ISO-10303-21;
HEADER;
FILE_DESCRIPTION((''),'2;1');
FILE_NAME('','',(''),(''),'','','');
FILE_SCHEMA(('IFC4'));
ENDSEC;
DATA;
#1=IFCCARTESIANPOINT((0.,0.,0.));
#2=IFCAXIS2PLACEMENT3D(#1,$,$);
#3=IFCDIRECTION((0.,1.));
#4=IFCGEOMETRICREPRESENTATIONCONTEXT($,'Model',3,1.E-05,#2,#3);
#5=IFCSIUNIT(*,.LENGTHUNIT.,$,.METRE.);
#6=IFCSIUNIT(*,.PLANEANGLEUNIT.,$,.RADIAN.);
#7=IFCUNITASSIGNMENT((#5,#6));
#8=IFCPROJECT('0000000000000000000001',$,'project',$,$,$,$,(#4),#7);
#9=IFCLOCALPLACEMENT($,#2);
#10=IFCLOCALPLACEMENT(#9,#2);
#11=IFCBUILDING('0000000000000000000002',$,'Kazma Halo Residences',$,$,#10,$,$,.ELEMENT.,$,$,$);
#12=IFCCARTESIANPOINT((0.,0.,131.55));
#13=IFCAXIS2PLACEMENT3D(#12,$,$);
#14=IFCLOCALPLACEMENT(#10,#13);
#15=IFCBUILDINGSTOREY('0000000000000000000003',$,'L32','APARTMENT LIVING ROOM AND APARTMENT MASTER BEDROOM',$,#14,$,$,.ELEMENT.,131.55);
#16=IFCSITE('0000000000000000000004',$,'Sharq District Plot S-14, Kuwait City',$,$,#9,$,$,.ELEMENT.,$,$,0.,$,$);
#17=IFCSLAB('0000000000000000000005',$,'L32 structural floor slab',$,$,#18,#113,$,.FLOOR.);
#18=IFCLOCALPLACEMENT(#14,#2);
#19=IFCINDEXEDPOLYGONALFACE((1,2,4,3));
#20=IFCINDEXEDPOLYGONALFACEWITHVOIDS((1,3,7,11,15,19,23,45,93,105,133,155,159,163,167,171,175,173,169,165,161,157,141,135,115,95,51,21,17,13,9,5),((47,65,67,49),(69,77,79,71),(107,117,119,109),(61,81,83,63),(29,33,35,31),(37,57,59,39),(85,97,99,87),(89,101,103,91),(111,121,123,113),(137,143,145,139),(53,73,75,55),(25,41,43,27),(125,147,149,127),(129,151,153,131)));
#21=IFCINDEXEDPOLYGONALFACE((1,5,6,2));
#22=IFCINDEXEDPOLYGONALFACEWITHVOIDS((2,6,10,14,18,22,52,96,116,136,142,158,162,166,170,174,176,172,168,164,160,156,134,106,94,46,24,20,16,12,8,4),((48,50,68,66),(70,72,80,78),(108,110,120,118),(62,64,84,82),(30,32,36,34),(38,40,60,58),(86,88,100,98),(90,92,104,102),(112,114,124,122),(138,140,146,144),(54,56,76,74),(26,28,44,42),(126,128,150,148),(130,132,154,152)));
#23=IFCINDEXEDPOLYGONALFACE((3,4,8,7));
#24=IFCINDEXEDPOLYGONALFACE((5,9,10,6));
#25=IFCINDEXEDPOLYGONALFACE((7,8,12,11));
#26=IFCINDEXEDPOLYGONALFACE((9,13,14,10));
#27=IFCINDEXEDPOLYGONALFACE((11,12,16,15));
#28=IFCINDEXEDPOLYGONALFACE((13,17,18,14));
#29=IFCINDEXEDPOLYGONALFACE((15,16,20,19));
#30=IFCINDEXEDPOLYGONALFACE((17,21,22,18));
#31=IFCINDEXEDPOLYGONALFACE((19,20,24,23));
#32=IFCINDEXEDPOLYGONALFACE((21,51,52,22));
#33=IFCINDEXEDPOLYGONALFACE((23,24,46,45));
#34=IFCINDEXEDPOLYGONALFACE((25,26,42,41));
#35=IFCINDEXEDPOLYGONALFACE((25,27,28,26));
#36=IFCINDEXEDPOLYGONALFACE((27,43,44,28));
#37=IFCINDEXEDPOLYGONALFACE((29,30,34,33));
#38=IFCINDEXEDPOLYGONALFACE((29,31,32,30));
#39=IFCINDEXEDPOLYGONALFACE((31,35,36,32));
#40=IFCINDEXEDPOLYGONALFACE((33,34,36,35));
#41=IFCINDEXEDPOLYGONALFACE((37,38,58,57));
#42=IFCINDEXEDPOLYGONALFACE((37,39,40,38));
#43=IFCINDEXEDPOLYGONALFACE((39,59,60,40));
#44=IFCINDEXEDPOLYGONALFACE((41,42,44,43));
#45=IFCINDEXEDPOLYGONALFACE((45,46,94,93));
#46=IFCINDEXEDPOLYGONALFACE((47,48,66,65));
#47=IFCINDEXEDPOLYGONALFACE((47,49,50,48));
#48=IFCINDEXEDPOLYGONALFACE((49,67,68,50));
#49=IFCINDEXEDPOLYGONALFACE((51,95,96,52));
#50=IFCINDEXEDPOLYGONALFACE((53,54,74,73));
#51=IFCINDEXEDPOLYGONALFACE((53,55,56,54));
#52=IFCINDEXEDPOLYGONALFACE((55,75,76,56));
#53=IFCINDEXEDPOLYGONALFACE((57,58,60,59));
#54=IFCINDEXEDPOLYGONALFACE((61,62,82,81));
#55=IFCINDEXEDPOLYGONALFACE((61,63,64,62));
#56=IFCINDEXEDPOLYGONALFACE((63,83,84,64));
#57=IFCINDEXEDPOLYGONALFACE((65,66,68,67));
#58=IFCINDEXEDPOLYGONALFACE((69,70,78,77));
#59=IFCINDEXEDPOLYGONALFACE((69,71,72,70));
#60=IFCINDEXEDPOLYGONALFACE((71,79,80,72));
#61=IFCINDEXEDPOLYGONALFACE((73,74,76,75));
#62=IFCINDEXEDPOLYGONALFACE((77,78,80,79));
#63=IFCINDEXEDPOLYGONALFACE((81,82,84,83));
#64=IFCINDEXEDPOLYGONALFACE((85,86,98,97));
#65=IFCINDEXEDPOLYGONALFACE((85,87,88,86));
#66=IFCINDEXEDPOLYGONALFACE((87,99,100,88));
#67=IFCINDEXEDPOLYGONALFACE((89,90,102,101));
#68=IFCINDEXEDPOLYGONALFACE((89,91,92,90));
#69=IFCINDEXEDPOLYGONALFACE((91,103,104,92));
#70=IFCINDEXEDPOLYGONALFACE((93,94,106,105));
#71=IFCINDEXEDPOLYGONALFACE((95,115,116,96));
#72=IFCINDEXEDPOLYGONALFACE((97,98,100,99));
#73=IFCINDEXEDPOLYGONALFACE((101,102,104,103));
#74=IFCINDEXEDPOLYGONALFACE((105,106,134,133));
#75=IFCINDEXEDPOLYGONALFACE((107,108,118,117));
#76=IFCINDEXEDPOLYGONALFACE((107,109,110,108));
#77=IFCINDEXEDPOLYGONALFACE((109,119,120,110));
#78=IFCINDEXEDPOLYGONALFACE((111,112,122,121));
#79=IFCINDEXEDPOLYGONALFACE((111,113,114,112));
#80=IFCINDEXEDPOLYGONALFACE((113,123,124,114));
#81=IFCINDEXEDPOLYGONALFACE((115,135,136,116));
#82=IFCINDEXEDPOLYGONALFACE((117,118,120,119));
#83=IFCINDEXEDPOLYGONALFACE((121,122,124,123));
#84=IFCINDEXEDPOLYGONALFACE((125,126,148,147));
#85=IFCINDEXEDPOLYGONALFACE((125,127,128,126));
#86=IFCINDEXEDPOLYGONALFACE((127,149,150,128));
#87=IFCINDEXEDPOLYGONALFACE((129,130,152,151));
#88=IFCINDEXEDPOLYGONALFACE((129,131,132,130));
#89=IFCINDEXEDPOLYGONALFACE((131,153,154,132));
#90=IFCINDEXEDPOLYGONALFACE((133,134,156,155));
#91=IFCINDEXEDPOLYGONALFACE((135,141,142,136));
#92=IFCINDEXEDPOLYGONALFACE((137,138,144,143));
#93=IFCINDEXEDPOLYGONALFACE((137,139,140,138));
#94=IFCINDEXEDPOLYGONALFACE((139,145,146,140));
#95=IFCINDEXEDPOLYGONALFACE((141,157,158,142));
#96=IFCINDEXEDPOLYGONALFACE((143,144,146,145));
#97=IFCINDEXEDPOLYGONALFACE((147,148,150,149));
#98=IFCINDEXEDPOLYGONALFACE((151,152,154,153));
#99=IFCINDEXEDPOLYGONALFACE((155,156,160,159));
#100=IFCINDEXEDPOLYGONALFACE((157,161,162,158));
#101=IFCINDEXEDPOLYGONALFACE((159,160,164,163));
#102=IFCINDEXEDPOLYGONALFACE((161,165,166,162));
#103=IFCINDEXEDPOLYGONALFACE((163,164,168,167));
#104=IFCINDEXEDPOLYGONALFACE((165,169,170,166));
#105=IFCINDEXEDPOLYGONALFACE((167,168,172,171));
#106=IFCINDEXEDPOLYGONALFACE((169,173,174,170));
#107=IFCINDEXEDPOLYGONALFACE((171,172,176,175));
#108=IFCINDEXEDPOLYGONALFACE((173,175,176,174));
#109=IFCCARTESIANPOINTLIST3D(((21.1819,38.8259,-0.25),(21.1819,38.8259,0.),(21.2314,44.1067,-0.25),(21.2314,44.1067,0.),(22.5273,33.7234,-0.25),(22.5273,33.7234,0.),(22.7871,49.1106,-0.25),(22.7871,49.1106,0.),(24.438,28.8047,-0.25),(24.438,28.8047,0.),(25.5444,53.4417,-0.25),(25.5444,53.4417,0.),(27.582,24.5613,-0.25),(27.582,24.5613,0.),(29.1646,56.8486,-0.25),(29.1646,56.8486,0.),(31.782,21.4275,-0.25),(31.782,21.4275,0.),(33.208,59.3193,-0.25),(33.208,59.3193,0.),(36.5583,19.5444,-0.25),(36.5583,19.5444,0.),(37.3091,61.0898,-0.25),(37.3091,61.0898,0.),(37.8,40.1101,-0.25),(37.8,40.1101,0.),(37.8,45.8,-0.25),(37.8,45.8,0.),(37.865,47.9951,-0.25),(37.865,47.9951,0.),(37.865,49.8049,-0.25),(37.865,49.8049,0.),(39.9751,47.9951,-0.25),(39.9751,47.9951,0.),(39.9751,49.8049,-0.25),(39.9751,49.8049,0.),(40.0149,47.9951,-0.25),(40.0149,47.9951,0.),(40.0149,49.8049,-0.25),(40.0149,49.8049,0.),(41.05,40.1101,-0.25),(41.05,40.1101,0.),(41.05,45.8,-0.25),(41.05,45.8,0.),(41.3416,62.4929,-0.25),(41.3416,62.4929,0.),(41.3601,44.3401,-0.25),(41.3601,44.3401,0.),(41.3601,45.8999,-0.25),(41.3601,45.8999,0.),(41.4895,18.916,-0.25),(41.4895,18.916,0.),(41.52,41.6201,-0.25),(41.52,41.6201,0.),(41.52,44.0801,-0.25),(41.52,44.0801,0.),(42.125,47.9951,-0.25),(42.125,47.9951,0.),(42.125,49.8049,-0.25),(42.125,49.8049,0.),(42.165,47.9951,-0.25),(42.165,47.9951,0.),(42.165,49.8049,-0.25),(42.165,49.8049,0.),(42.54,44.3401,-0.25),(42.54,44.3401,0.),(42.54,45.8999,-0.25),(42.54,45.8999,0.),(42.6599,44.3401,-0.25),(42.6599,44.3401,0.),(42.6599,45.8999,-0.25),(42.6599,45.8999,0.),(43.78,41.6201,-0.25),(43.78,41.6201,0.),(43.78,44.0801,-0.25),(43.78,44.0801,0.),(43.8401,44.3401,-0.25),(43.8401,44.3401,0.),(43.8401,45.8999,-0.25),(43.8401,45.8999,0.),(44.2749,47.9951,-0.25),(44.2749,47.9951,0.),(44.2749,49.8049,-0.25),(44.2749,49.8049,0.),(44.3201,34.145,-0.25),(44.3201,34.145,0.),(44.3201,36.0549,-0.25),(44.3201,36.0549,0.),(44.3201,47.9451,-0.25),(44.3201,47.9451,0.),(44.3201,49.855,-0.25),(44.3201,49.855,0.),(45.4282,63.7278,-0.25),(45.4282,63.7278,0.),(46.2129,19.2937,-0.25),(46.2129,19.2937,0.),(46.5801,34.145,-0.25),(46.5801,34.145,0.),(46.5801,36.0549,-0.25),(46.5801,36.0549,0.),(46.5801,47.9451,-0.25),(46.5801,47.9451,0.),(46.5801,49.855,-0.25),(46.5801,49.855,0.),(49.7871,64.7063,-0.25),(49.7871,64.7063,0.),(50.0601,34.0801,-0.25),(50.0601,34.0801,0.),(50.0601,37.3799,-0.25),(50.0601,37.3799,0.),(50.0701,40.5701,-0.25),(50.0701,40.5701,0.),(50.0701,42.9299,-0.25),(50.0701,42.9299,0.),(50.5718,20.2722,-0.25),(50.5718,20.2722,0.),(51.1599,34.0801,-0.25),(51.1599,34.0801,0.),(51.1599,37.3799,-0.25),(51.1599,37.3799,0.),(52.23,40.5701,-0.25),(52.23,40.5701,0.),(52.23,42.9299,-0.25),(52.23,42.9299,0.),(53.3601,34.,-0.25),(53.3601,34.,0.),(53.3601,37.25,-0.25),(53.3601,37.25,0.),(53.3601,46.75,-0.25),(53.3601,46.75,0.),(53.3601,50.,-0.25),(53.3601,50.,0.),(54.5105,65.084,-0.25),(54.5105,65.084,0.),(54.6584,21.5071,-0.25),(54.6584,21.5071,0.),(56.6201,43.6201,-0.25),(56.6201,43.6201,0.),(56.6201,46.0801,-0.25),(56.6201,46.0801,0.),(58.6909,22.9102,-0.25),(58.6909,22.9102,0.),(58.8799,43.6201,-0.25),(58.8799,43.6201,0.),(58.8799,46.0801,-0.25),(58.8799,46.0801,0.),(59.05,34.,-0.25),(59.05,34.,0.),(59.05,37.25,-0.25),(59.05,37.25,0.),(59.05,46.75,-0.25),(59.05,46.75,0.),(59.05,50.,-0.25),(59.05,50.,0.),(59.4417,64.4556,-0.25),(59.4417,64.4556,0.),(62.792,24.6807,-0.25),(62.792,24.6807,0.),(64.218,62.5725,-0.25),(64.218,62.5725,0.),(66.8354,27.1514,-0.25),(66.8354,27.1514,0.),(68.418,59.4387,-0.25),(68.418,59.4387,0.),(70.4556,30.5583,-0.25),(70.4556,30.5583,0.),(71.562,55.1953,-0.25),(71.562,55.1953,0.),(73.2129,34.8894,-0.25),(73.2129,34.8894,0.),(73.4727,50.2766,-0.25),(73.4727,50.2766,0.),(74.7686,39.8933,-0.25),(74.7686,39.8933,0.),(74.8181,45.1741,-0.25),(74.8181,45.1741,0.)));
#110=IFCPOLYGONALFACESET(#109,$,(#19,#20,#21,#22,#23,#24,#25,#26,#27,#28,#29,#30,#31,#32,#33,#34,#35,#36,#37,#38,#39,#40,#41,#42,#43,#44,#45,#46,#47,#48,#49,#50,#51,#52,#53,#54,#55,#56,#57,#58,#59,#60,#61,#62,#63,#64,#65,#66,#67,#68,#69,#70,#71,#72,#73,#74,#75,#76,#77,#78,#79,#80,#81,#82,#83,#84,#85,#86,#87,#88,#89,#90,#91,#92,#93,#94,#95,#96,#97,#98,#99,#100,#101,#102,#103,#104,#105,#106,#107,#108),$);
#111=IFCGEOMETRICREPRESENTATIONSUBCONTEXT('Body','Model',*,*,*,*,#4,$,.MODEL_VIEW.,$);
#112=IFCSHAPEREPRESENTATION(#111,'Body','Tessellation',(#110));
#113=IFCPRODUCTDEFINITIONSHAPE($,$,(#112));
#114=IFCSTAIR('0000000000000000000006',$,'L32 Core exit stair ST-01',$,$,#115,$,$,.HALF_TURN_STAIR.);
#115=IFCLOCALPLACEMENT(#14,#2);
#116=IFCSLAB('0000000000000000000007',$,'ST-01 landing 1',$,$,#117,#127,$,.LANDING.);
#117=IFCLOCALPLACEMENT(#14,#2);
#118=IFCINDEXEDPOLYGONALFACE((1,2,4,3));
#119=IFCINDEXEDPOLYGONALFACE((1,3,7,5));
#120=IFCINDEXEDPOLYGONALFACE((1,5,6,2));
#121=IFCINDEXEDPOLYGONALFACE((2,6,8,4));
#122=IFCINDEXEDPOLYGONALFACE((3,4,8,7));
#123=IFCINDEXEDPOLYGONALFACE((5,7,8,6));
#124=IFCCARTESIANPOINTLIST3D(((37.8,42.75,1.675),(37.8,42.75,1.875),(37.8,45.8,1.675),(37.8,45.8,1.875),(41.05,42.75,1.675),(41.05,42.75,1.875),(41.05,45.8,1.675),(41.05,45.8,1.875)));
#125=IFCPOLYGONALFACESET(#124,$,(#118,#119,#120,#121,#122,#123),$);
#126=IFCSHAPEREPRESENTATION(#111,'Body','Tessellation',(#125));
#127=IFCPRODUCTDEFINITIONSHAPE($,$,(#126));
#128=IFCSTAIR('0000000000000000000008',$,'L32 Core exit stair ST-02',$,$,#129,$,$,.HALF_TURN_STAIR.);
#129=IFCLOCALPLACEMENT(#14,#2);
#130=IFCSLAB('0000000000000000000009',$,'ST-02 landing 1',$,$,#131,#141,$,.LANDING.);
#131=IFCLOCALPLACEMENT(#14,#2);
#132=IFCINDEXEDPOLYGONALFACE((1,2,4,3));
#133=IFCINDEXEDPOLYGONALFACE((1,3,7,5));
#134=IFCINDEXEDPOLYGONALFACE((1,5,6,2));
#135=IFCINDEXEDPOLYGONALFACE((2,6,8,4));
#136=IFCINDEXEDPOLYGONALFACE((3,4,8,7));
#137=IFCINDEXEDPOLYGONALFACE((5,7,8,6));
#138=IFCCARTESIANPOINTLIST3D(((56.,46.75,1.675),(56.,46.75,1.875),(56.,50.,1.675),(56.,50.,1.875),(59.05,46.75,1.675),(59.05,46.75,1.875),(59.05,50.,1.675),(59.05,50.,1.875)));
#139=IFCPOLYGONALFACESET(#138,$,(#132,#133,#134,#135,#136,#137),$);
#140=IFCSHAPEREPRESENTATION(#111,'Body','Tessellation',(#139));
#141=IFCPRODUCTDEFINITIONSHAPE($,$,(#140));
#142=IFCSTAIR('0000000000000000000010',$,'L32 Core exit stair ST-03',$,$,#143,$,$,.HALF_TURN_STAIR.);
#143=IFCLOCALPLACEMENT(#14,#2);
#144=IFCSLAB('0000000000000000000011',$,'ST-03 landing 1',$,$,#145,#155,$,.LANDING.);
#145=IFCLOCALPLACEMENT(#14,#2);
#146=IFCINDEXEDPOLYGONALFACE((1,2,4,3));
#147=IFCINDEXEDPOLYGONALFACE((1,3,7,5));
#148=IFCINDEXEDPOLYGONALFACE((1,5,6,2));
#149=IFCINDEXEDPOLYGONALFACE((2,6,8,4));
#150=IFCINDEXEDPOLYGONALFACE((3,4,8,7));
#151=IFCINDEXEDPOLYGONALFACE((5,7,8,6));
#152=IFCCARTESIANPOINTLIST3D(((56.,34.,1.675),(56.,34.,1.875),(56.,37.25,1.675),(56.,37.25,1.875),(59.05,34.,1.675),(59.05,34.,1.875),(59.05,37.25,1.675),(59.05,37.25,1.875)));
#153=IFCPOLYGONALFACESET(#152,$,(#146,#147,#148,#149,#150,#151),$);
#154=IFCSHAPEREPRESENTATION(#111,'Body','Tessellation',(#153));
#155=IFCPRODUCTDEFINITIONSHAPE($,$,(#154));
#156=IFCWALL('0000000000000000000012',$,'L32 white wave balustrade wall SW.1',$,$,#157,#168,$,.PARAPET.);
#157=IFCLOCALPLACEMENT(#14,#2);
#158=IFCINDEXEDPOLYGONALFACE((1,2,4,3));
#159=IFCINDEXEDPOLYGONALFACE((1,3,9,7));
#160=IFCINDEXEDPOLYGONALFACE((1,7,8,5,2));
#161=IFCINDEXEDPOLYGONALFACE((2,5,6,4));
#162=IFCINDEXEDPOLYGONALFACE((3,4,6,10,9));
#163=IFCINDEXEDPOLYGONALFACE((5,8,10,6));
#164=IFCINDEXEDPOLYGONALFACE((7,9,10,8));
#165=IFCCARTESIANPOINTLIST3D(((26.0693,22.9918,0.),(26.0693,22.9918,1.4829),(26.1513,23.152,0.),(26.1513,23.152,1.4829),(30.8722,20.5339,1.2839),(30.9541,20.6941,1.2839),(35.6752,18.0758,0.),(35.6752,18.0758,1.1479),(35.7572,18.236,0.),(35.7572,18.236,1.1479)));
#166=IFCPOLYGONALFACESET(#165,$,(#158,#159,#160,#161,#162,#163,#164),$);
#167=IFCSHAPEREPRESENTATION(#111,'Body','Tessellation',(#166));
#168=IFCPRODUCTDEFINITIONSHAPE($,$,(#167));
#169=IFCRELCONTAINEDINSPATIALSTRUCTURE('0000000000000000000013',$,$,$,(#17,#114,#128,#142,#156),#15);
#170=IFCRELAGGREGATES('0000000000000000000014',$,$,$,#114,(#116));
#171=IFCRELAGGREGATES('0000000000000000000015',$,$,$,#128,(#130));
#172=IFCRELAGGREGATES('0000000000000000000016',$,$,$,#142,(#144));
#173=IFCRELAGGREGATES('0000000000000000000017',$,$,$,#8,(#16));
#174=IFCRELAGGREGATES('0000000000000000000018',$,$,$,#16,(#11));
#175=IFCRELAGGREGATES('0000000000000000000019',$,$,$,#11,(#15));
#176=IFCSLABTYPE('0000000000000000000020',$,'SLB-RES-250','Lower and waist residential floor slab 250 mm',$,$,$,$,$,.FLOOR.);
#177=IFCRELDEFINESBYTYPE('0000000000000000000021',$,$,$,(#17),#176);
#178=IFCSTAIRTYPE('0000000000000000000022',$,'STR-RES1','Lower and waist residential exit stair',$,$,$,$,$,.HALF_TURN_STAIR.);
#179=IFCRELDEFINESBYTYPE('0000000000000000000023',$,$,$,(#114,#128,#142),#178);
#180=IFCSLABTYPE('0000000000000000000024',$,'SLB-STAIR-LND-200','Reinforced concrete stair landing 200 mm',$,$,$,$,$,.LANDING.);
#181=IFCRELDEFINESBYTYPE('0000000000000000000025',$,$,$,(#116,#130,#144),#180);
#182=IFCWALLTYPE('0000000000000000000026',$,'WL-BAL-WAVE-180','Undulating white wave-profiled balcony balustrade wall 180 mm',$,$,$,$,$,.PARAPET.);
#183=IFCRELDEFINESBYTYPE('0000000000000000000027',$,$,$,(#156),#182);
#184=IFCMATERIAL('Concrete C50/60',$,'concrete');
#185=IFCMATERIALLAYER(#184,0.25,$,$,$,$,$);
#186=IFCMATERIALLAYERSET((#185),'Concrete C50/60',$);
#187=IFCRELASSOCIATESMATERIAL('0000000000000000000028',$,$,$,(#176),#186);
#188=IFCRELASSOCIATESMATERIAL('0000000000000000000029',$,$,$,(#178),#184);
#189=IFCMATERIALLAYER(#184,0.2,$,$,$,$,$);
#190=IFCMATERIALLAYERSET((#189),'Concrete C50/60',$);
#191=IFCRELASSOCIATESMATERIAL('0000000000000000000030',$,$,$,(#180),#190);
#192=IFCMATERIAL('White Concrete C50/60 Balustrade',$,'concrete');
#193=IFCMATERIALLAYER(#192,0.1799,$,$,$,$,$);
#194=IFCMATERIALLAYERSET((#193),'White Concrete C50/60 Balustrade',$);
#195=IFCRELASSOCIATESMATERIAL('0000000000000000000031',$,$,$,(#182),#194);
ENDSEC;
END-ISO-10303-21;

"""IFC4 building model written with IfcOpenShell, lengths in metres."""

from ifc_helpers import new_model, si_unit, direction, frame, origin, place, context, subcontext, project, spatial, polyline, outline, extrude, material, layer, layer_set, type_object, element, aggregate, save


model = new_model("IFC4")

# Units and contexts
model_context = context("Model", 3, precision=1e-05, world=origin(), true_north=direction((0.0, 1.0)))
body_context = subcontext(model_context, "Body", "Model", "MODEL_VIEW")
ifc_project = project(units=[si_unit("LENGTHUNIT", "METRE"), si_unit("PLANEANGLEUNIT", "RADIAN")], contexts=[model_context])

# Site, building, storey
site_placement = place(None, origin())
site = spatial("IfcSite", under=ifc_project, at=site_placement, Name="Sharq District Plot S-14, Kuwait City", CompositionType="ELEMENT", RefElevation=0.0)
building_placement = place(site_placement, origin())
building = spatial("IfcBuilding", under=site, at=building_placement, Name="Kazma Halo Residences", CompositionType="ELEMENT")
storey_placement = place(building_placement, frame((0.0, 0.0, 131.55)))
storey = spatial("IfcBuildingStorey", under=building, at=storey_placement, Name="L32", Description="APARTMENT LIVING ROOM AND APARTMENT MASTER BEDROOM", CompositionType="ELEMENT", Elevation=131.55)

# Slab
ifc_material_1 = material(Name="Concrete C50/60", Category="concrete")
ifc_layer_1 = layer(ifc_material_1, 0.25)
ifc_layer_set_1 = layer_set([ifc_layer_1], Name="Concrete C50/60")
slab_type_1 = type_object("IfcSlabType", Name="SLB-RES-250", Description="Lower and waist residential floor slab 250 mm", PredefinedType="FLOOR", material=ifc_layer_set_1)
slab_1_placement = place(storey_placement, frame((0.0, 0.0, -0.25)))
element("IfcSlab", 1, at=slab_1_placement, inside=storey, type_object=slab_type_1, Name="L32 structural floor slab", PredefinedType="FLOOR", context=body_context, shape_type="SweptSolid", body=[
    extrude(outline(polyline([(73.4727, 50.2766), (71.562, 55.1953), (68.418, 59.4387), (64.218, 62.5725), (59.4417, 64.4556), (54.5105, 65.084), (49.7871, 64.7063), (45.4282, 63.7278), (41.3416, 62.4929), (37.3091, 61.0898), (33.208, 59.3193), (29.1646, 56.8486), (25.5444, 53.4417), (22.7871, 49.1106), (21.2314, 44.1067), (21.1819, 38.8259), (22.5273, 33.7234), (24.438, 28.8047), (27.582, 24.5613), (31.782, 21.4275), (36.5583, 19.5444), (41.4895, 18.916), (46.2129, 19.2937), (50.5718, 20.2722), (54.6584, 21.5071), (58.6909, 22.9102), (62.792, 24.6807), (66.8354, 27.1514), (70.4556, 30.5583), (73.2129, 34.8894), (74.7686, 39.8933), (74.8181, 45.1741), (73.4727, 50.2766)]), holes=[polyline([(37.8, 40.1101), (41.05, 40.1101), (41.05, 45.8), (37.8, 45.8), (37.8, 40.1101)]), polyline([(53.3601, 46.75), (59.05, 46.75), (59.05, 50.0), (53.3601, 50.0), (53.3601, 46.75)]), polyline([(53.3601, 34.0), (59.05, 34.0), (59.05, 37.25), (53.3601, 37.25), (53.3601, 34.0)]), polyline([(41.52, 41.6201), (43.78, 41.6201), (43.78, 44.0801), (41.52, 44.0801), (41.52, 41.6201)]), polyline([(56.6201, 43.6201), (58.8799, 43.6201), (58.8799, 46.0801), (56.6201, 46.0801), (56.6201, 43.6201)]), polyline([(37.865, 47.9951), (39.9751, 47.9951), (39.9751, 49.8049), (37.865, 49.8049), (37.865, 47.9951)]), polyline([(40.0149, 47.9951), (42.125, 47.9951), (42.125, 49.8049), (40.0149, 49.8049), (40.0149, 47.9951)]), polyline([(42.165, 47.9951), (44.2749, 47.9951), (44.2749, 49.8049), (42.165, 49.8049), (42.165, 47.9951)]), polyline([(44.3201, 47.9451), (46.5801, 47.9451), (46.5801, 49.855), (44.3201, 49.855), (44.3201, 47.9451)]), polyline([(44.3201, 34.145), (46.5801, 34.145), (46.5801, 36.0549), (44.3201, 36.0549), (44.3201, 34.145)]), polyline([(50.0701, 40.5701), (52.23, 40.5701), (52.23, 42.9299), (50.0701, 42.9299), (50.0701, 40.5701)]), polyline([(41.3601, 44.3401), (42.54, 44.3401), (42.54, 45.8999), (41.3601, 45.8999), (41.3601, 44.3401)]), polyline([(42.6599, 44.3401), (43.8401, 44.3401), (43.8401, 45.8999), (42.6599, 45.8999), (42.6599, 44.3401)]), polyline([(50.0601, 34.0801), (51.1599, 34.0801), (51.1599, 37.3799), (50.0601, 37.3799), (50.0601, 34.0801)])]), origin(), (0.0, 0.0, 1.0), 0.25),
])

# Stairs, slabs
stair_type = type_object("IfcStairType", Name="STR-RES1", Description="Lower and waist residential exit stair", PredefinedType="HALF_TURN_STAIR", material=ifc_material_1)
stair_1_placement = place(storey_placement, origin())
stair_1 = element("IfcStair", 2, at=stair_1_placement, inside=storey, type_object=stair_type, Name="L32 Core exit stair ST-01", PredefinedType="HALF_TURN_STAIR")
ifc_layer_2 = layer(ifc_material_1, 0.2)
ifc_layer_set_2 = layer_set([ifc_layer_2], Name="Concrete C50/60")
slab_type_2 = type_object("IfcSlabType", Name="SLB-STAIR-LND-200", Description="Reinforced concrete stair landing 200 mm", PredefinedType="LANDING", material=ifc_layer_set_2)
slab_2_placement = place(storey_placement, frame((0.0, 0.0, 1.675)))
slab_2 = element("IfcSlab", 3, at=slab_2_placement, type_object=slab_type_2, Name="ST-01 landing 1", PredefinedType="LANDING", context=body_context, shape_type="SweptSolid", body=[
    extrude(outline(polyline([(41.05, 42.75), (41.05, 45.8), (37.8, 45.8), (37.8, 42.75), (41.05, 42.75)])), origin(), (0.0, 0.0, 1.0), 0.2),
])
aggregate(stair_1, [slab_2])
stair_2_placement = place(storey_placement, origin())
stair_2 = element("IfcStair", 4, at=stair_2_placement, inside=storey, type_object=stair_type, Name="L32 Core exit stair ST-02", PredefinedType="HALF_TURN_STAIR")
slab_3_placement = place(storey_placement, frame((0.0, 0.0, 1.675)))
slab_3 = element("IfcSlab", 5, at=slab_3_placement, type_object=slab_type_2, Name="ST-02 landing 1", PredefinedType="LANDING", context=body_context, shape_type="SweptSolid", body=[
    extrude(outline(polyline([(56.0, 46.75), (59.05, 46.75), (59.05, 50.0), (56.0, 50.0), (56.0, 46.75)])), origin(), (0.0, 0.0, 1.0), 0.2),
])
aggregate(stair_2, [slab_3])
stair_3_placement = place(storey_placement, origin())
stair_3 = element("IfcStair", 6, at=stair_3_placement, inside=storey, type_object=stair_type, Name="L32 Core exit stair ST-03", PredefinedType="HALF_TURN_STAIR")
slab_4_placement = place(storey_placement, frame((0.0, 0.0, 1.675)))
slab_4 = element("IfcSlab", 7, at=slab_4_placement, type_object=slab_type_2, Name="ST-03 landing 1", PredefinedType="LANDING", context=body_context, shape_type="SweptSolid", body=[
    extrude(outline(polyline([(56.0, 34.0), (59.05, 34.0), (59.05, 37.25), (56.0, 37.25), (56.0, 34.0)])), origin(), (0.0, 0.0, 1.0), 0.2),
])
aggregate(stair_3, [slab_4])

# Wall
ifc_material_2 = material(Name="White Concrete C50/60 Balustrade", Category="concrete")
ifc_layer_3 = layer(ifc_material_2, 0.1799)
ifc_layer_set_3 = layer_set([ifc_layer_3], Name="White Concrete C50/60 Balustrade")
wall_type_1 = type_object("IfcWallType", Name="WL-BAL-WAVE-180", Description="Undulating white wave-profiled balcony balustrade wall 180 mm", PredefinedType="PARAPET", material=ifc_layer_set_3)
wall_1_placement = place(storey_placement, frame((26.1104, 23.072, 0.0), z_axis=(0.0, 0.0, 1.0), x_axis=(0.890198, -0.455574, 0.0)))
element("IfcWall", 8, at=wall_1_placement, inside=storey, type_object=wall_type_1, Name="L32 white wave balustrade wall SW.1", PredefinedType="PARAPET", context=body_context, shape_type="SweptSolid", body=[
    extrude(outline(polyline([(0.0, 0.0), (10.7908, 0.0), (10.7908, 1.1479), (5.3953, 1.2839), (0.0, 1.4829), (0.0, 0.0)])), frame((0.0, 0.0898, 0.0), z_axis=(0.0, -1.0, 0.0), x_axis=(1.0, 0.0, 0.0)), (0.0, 0.0, 1.0), 0.1799),
])

save(model, "model.ifc")
